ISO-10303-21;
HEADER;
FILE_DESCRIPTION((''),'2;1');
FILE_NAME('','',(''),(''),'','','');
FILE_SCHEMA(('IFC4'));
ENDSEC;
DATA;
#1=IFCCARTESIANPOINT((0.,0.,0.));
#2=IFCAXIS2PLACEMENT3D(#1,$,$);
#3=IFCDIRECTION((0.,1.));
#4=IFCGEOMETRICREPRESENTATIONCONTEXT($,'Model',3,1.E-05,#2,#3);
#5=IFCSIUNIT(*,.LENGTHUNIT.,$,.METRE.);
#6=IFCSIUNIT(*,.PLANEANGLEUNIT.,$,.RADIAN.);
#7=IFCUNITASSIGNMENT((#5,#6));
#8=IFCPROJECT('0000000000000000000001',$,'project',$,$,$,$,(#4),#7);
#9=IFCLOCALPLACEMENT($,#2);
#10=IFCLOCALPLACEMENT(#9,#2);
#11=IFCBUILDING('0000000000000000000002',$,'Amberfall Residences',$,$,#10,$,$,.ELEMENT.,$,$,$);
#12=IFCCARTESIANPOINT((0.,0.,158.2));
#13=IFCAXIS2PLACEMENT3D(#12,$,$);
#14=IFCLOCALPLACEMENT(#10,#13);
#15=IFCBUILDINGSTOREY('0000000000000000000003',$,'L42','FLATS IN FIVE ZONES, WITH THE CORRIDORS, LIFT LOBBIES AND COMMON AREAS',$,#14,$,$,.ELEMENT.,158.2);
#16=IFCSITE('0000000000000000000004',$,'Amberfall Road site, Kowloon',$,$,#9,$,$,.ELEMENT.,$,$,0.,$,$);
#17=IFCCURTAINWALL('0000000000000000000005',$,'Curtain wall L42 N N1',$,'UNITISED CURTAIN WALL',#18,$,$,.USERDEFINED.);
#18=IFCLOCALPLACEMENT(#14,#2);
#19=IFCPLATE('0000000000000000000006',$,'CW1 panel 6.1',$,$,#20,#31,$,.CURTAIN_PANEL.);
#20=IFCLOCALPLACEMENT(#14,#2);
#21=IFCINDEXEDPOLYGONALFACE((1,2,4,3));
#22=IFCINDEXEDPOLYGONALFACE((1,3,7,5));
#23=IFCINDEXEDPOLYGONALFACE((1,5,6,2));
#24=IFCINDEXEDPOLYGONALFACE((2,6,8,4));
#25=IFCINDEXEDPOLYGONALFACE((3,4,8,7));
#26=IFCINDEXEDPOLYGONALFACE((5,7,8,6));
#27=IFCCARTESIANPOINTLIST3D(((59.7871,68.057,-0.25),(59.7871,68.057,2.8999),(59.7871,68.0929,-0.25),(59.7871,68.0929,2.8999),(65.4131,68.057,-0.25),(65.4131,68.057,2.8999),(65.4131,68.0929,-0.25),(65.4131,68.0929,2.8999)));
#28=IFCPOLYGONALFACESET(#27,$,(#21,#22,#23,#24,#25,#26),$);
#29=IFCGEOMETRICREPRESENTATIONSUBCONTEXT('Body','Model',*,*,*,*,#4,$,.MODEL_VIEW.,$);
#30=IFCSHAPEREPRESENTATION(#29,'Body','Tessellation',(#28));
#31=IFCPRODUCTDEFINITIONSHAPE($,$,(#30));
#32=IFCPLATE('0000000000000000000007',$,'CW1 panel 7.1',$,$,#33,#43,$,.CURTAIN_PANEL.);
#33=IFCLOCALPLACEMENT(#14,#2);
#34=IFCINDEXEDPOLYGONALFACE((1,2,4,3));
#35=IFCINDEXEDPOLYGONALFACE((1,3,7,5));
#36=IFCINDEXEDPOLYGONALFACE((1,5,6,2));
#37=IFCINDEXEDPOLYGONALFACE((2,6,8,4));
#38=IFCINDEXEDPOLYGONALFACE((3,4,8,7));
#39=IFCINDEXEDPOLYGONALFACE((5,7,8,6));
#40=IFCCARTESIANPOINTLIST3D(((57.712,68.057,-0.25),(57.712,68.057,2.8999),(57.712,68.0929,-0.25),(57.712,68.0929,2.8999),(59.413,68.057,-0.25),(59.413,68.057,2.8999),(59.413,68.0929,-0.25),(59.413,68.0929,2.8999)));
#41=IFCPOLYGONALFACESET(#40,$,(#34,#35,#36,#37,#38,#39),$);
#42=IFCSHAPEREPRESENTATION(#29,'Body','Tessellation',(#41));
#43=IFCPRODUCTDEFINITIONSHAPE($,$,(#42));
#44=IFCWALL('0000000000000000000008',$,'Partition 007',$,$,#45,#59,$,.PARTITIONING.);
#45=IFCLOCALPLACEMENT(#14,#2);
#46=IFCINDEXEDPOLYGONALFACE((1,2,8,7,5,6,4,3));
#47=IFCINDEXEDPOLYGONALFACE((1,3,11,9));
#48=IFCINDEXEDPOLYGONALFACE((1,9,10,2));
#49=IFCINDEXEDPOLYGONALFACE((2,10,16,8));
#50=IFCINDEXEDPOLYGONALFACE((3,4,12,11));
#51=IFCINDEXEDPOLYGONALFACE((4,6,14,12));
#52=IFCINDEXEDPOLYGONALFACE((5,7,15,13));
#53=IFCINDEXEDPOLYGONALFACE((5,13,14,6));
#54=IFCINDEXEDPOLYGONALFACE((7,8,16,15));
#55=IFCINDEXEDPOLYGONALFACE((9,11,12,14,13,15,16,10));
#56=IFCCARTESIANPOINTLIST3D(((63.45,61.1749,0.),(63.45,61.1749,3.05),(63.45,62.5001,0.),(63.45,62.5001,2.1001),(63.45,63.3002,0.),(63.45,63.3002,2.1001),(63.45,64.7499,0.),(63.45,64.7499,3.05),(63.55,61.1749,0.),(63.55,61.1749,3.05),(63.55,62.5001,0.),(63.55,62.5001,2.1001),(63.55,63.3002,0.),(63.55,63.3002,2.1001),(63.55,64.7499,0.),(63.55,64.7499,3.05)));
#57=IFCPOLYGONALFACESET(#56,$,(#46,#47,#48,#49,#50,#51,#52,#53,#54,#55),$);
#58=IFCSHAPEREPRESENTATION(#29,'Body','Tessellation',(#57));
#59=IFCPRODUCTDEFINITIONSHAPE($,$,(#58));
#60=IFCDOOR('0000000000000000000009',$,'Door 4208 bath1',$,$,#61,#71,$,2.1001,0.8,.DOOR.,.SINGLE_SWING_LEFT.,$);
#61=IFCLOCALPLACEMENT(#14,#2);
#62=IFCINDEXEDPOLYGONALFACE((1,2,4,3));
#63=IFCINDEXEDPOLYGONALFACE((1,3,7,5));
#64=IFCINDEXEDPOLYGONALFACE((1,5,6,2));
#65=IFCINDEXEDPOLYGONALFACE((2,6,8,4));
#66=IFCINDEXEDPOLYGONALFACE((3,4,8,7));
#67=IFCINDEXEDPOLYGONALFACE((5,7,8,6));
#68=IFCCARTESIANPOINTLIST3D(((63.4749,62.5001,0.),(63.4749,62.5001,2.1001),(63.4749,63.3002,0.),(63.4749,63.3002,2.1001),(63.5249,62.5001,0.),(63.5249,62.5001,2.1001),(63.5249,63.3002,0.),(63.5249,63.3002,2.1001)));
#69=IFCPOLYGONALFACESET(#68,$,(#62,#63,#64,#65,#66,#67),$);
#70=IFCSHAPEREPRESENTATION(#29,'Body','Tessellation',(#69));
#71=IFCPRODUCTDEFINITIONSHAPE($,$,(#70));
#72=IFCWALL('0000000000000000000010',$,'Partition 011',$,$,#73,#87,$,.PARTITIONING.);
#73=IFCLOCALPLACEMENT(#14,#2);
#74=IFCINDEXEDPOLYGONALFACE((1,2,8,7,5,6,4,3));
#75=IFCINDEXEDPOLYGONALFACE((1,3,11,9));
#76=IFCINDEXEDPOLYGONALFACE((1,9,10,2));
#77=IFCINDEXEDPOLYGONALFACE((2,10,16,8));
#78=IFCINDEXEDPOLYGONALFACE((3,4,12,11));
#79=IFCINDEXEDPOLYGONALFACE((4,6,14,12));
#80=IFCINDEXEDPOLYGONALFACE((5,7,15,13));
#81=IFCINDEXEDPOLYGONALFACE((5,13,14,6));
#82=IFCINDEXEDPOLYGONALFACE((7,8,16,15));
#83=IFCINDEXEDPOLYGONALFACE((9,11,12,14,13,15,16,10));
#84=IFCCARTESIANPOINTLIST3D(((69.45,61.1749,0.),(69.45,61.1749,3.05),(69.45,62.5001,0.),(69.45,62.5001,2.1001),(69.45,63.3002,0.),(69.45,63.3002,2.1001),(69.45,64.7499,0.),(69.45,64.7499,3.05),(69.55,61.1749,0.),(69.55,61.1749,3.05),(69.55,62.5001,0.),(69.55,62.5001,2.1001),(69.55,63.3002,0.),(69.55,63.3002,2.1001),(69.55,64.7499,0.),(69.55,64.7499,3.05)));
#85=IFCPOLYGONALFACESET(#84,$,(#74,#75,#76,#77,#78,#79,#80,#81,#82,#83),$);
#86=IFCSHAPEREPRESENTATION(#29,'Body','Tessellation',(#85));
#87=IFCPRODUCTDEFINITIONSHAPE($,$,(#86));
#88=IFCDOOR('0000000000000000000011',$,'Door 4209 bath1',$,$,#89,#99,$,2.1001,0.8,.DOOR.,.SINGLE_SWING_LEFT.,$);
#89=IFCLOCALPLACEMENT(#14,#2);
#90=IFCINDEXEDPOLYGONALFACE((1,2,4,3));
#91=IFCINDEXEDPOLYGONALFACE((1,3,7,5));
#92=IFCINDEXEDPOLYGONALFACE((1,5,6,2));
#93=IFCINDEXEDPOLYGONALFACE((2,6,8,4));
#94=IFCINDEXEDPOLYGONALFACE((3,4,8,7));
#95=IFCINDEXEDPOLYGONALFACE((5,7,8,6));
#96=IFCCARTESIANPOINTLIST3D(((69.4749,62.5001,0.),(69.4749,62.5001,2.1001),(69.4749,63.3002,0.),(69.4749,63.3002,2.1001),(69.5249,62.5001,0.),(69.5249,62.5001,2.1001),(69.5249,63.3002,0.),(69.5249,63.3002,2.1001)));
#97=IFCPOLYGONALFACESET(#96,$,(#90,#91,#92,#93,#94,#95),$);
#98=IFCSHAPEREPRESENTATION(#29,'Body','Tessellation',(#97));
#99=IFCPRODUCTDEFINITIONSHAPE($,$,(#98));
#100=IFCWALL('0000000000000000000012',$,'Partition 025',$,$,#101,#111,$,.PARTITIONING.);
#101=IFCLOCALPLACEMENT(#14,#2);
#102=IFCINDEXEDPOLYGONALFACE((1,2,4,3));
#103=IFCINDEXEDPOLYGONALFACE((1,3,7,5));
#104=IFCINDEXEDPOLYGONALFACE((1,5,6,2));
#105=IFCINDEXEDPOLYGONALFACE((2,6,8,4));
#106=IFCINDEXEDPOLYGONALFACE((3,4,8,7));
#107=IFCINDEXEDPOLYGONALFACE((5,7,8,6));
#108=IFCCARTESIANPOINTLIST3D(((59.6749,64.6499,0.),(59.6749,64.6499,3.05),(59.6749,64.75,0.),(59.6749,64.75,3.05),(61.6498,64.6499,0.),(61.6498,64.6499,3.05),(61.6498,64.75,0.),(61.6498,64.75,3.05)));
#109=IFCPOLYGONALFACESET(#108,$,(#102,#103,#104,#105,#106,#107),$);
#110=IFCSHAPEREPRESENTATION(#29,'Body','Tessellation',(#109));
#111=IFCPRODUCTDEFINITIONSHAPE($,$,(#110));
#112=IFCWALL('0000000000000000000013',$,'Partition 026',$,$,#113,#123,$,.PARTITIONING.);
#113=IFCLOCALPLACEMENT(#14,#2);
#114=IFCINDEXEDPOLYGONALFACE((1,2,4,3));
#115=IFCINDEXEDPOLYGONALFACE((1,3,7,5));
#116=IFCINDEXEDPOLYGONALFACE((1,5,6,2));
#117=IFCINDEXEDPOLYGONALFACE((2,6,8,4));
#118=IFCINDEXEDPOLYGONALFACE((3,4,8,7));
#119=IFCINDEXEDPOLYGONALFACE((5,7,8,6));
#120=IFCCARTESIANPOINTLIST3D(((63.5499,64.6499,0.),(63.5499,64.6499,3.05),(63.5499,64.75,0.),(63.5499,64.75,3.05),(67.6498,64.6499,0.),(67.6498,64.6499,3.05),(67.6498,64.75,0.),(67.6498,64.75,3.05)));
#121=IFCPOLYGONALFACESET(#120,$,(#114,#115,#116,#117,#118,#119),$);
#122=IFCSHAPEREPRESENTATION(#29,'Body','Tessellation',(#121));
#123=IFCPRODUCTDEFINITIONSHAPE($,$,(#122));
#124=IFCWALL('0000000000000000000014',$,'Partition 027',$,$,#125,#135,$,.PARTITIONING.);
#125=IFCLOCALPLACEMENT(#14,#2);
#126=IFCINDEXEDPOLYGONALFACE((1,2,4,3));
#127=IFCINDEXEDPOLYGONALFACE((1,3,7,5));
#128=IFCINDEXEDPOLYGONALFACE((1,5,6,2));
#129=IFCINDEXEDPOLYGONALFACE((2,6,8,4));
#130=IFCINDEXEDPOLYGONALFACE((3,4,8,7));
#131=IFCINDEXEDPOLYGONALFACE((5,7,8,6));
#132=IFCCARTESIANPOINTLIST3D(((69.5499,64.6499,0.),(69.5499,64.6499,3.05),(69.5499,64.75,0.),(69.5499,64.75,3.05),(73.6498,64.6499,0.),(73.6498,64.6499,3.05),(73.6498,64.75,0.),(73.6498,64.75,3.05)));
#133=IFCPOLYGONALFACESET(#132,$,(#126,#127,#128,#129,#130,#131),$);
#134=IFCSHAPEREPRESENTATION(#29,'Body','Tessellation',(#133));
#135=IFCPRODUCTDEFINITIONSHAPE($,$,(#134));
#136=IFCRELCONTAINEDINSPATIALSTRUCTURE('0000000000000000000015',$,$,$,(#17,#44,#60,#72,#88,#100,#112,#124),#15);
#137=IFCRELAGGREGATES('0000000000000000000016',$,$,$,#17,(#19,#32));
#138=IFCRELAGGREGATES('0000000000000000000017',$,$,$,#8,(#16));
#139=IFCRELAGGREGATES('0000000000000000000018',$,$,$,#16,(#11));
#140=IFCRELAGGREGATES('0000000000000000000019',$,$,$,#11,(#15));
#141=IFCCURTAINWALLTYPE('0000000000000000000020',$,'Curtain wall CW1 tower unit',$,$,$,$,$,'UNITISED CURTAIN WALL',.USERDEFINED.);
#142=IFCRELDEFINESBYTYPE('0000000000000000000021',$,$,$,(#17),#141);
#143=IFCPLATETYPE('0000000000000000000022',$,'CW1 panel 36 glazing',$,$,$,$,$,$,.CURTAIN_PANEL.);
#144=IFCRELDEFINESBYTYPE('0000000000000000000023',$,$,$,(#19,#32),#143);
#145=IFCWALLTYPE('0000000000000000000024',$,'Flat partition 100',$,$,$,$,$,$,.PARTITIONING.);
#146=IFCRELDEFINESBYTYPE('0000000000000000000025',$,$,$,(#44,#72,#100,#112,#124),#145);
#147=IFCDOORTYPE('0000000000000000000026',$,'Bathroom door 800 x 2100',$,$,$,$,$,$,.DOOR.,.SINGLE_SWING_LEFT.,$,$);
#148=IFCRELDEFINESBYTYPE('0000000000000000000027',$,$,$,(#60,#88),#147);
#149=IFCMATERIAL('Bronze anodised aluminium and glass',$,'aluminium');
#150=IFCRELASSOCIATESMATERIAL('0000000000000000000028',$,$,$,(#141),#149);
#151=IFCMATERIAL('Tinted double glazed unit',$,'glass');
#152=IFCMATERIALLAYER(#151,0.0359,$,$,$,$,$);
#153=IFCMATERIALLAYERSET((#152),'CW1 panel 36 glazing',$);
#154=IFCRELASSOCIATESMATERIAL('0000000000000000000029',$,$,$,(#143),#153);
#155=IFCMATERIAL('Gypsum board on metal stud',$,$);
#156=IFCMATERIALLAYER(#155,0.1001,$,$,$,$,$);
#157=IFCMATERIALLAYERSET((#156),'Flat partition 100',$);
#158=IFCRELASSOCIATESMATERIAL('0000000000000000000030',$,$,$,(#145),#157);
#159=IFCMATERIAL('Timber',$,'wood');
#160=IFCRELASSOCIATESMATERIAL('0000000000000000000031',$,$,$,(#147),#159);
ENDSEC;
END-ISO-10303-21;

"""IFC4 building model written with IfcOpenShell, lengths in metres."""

from ifc_helpers import new_model, si_unit, direction, frame, frame_2d, origin, origin_2d, place, context, subcontext, project, spatial, rectangle, extrude, material, layer, layer_set, type_object, element, fill, aggregate, save


model = new_model("IFC4")

# Units and contexts
model_context = context("Model", 3, precision=1e-05, world=origin(), true_north=direction((0.0, 1.0)))
body_context = subcontext(model_context, "Body", "Model", "MODEL_VIEW")
ifc_project = project(units=[si_unit("LENGTHUNIT", "METRE"), si_unit("PLANEANGLEUNIT", "RADIAN")], contexts=[model_context])

# Site, building, storey
site_placement = place(None, origin())
site = spatial("IfcSite", under=ifc_project, at=site_placement, Name="Amberfall Road site, Kowloon", CompositionType="ELEMENT", RefElevation=0.0)
building_placement = place(site_placement, origin())
building = spatial("IfcBuilding", under=site, at=building_placement, Name="Amberfall Residences", CompositionType="ELEMENT")
storey_placement = place(building_placement, frame((0.0, 0.0, 158.2)))
storey = spatial("IfcBuildingStorey", under=building, at=storey_placement, Name="L42", Description="FLATS IN FIVE ZONES, WITH THE CORRIDORS, LIFT LOBBIES AND COMMON AREAS", CompositionType="ELEMENT", Elevation=158.2)

# Curtain wall
ifc_material_1 = material(Name="Bronze anodised aluminium and glass", Category="aluminium")
curtain_wall_type = type_object("IfcCurtainWallType", Name="Curtain wall CW1 tower unit", ElementType="UNITISED CURTAIN WALL", PredefinedType="USERDEFINED", material=ifc_material_1)
curtain_wall_placement = place(storey_placement, origin())
curtain_wall = element("IfcCurtainWall", 1, at=curtain_wall_placement, inside=storey, type_object=curtain_wall_type, Name="Curtain wall L42 N N1", ObjectType="UNITISED CURTAIN WALL", PredefinedType="USERDEFINED")

# Plates
ifc_material_2 = material(Name="Tinted double glazed unit", Category="glass")
ifc_layer_1 = layer(ifc_material_2, 0.0359)
ifc_layer_set_1 = layer_set([ifc_layer_1], Name="CW1 panel 36 glazing")
plate_type = type_object("IfcPlateType", Name="CW1 panel 36 glazing", PredefinedType="CURTAIN_PANEL", material=ifc_layer_set_1)
plate_1_placement = place(storey_placement, frame((62.6001, 68.075, -0.25), z_axis=(0.0, 0.0, 1.0), x_axis=(-1.0, 0.0, 0.0)))
plate_1 = element("IfcPlate", 2, at=plate_1_placement, type_object=plate_type, Name="CW1 panel 6.1", PredefinedType="CURTAIN_PANEL", context=body_context, shape_type="SweptSolid", body=[
    extrude(rectangle(XDim=5.626, YDim=0.0359, at=origin_2d()), origin(), (0.0, 0.0, 1.0), 3.1499),
])
plate_2_placement = place(storey_placement, frame((58.5625, 68.075, -0.25), z_axis=(0.0, 0.0, 1.0), x_axis=(-1.0, 0.0, 0.0)))
plate_2 = element("IfcPlate", 3, at=plate_2_placement, type_object=plate_type, Name="CW1 panel 7.1", PredefinedType="CURTAIN_PANEL", context=body_context, shape_type="SweptSolid", body=[
    extrude(rectangle(XDim=1.7009, YDim=0.0359, at=origin_2d()), origin(), (0.0, 0.0, 1.0), 3.1499),
])
aggregate(curtain_wall, [plate_1, plate_2])

# Walls, openings, doors
ifc_material_3 = material(Name="Gypsum board on metal stud")
ifc_layer_2 = layer(ifc_material_3, 0.1001)
ifc_layer_set_2 = layer_set([ifc_layer_2], Name="Flat partition 100")
wall_type = type_object("IfcWallType", Name="Flat partition 100", PredefinedType="PARTITIONING", material=ifc_layer_set_2)
wall_1_placement = place(storey_placement, frame((63.5, 64.75, 0.0), z_axis=(0.0, 0.0, 1.0), x_axis=(0.0, -1.0, 0.0)))
wall_1 = element("IfcWall", 4, at=wall_1_placement, inside=storey, type_object=wall_type, Name="Partition 007", PredefinedType="PARTITIONING", context=body_context, shape_type="SweptSolid", body=[
    extrude(rectangle(XDim=3.575, YDim=0.1001, at=frame_2d((1.7876, 0.0))), origin(), (0.0, 0.0, 1.0), 3.05),
])
opening_1_placement = place(wall_1_placement, frame((1.45, 0.0, 0.0)))
opening_1 = element("IfcOpeningElement", 5, at=opening_1_placement, cuts=wall_1, PredefinedType="OPENING", context=body_context, shape_type="SweptSolid", body=[
    extrude(rectangle(XDim=0.8, YDim=2.1001, at=frame_2d((0.3999, 1.05))), frame((0.0, 0.0601, 0.0), z_axis=(0.0, -1.0, 0.0), x_axis=(1.0, 0.0, 0.0)), (0.0, 0.0, 1.0), 0.1201),
])
ifc_material_4 = material(Name="Timber", Category="wood")
door_type = type_object("IfcDoorType", Name="Bathroom door 800 x 2100", OperationType="SINGLE_SWING_LEFT", PredefinedType="DOOR", material=ifc_material_4)
door_1_placement = place(opening_1_placement, origin())
door_1 = element("IfcDoor", 6, at=door_1_placement, inside=storey, type_object=door_type, Name="Door 4208 bath1", OperationType="SINGLE_SWING_LEFT", OverallHeight=2.1001, OverallWidth=0.8, PredefinedType="DOOR", context=body_context, shape_type="SweptSolid", body=[
    extrude(rectangle(XDim=0.8, YDim=2.1001, at=frame_2d((0.3999, 1.05))), frame((0.0, 0.0249, 0.0), z_axis=(0.0, -1.0, 0.0), x_axis=(1.0, 0.0, 0.0)), (0.0, 0.0, 1.0), 0.05),
])
fill(opening_1, door_1)
wall_2_placement = place(storey_placement, frame((69.5, 64.75, 0.0), z_axis=(0.0, 0.0, 1.0), x_axis=(0.0, -1.0, 0.0)))
wall_2 = element("IfcWall", 7, at=wall_2_placement, inside=storey, type_object=wall_type, Name="Partition 011", PredefinedType="PARTITIONING", context=body_context, shape_type="SweptSolid", body=[
    extrude(rectangle(XDim=3.575, YDim=0.1001, at=frame_2d((1.7876, 0.0))), origin(), (0.0, 0.0, 1.0), 3.05),
])
opening_2_placement = place(wall_2_placement, frame((1.45, 0.0, 0.0)))
opening_2 = element("IfcOpeningElement", 8, at=opening_2_placement, cuts=wall_2, PredefinedType="OPENING", context=body_context, shape_type="SweptSolid", body=[
    extrude(rectangle(XDim=0.8, YDim=2.1001, at=frame_2d((0.3999, 1.05))), frame((0.0, 0.0601, 0.0), z_axis=(0.0, -1.0, 0.0), x_axis=(1.0, 0.0, 0.0)), (0.0, 0.0, 1.0), 0.1201),
])
door_2_placement = place(opening_2_placement, origin())
door_2 = element("IfcDoor", 9, at=door_2_placement, inside=storey, type_object=door_type, Name="Door 4209 bath1", OperationType="SINGLE_SWING_LEFT", OverallHeight=2.1001, OverallWidth=0.8, PredefinedType="DOOR", context=body_context, shape_type="SweptSolid", body=[
    extrude(rectangle(XDim=0.8, YDim=2.1001, at=frame_2d((0.3999, 1.05))), frame((0.0, 0.0249, 0.0), z_axis=(0.0, -1.0, 0.0), x_axis=(1.0, 0.0, 0.0)), (0.0, 0.0, 1.0), 0.05),
])
fill(opening_2, door_2)

# Walls
wall_3_placement = place(storey_placement, frame((59.675, 64.7, 0.0), z_axis=(0.0, 0.0, 1.0), x_axis=(1.0, 0.0, 0.0)))
element("IfcWall", 10, at=wall_3_placement, inside=storey, type_object=wall_type, Name="Partition 025", PredefinedType="PARTITIONING", context=body_context, shape_type="SweptSolid", body=[
    extrude(rectangle(XDim=1.9749, YDim=0.1001, at=frame_2d((0.9873, 0.0))), origin(), (0.0, 0.0, 1.0), 3.05),
])
for number, where, z_axis, x_axis, name in (
    (11, (63.55, 64.7, 0.0), (0.0, 0.0, 1.0), (1.0, 0.0, 0.0), "Partition 026"),
    (12, (69.55, 64.7, 0.0), (0.0, 0.0, 1.0), (1.0, 0.0, 0.0), "Partition 027"),
):
    element("IfcWall", number, at=place(storey_placement, frame(where, z_axis=z_axis, x_axis=x_axis)), inside=storey, type_object=wall_type, Name=name, PredefinedType="PARTITIONING", context=body_context, shape_type="SweptSolid", body=[
        extrude(rectangle(XDim=4.0999, YDim=0.1001, at=frame_2d((2.0498, 0.0))), origin(), (0.0, 0.0, 1.0), 3.05),
    ])

save(model, "model.ifc")
